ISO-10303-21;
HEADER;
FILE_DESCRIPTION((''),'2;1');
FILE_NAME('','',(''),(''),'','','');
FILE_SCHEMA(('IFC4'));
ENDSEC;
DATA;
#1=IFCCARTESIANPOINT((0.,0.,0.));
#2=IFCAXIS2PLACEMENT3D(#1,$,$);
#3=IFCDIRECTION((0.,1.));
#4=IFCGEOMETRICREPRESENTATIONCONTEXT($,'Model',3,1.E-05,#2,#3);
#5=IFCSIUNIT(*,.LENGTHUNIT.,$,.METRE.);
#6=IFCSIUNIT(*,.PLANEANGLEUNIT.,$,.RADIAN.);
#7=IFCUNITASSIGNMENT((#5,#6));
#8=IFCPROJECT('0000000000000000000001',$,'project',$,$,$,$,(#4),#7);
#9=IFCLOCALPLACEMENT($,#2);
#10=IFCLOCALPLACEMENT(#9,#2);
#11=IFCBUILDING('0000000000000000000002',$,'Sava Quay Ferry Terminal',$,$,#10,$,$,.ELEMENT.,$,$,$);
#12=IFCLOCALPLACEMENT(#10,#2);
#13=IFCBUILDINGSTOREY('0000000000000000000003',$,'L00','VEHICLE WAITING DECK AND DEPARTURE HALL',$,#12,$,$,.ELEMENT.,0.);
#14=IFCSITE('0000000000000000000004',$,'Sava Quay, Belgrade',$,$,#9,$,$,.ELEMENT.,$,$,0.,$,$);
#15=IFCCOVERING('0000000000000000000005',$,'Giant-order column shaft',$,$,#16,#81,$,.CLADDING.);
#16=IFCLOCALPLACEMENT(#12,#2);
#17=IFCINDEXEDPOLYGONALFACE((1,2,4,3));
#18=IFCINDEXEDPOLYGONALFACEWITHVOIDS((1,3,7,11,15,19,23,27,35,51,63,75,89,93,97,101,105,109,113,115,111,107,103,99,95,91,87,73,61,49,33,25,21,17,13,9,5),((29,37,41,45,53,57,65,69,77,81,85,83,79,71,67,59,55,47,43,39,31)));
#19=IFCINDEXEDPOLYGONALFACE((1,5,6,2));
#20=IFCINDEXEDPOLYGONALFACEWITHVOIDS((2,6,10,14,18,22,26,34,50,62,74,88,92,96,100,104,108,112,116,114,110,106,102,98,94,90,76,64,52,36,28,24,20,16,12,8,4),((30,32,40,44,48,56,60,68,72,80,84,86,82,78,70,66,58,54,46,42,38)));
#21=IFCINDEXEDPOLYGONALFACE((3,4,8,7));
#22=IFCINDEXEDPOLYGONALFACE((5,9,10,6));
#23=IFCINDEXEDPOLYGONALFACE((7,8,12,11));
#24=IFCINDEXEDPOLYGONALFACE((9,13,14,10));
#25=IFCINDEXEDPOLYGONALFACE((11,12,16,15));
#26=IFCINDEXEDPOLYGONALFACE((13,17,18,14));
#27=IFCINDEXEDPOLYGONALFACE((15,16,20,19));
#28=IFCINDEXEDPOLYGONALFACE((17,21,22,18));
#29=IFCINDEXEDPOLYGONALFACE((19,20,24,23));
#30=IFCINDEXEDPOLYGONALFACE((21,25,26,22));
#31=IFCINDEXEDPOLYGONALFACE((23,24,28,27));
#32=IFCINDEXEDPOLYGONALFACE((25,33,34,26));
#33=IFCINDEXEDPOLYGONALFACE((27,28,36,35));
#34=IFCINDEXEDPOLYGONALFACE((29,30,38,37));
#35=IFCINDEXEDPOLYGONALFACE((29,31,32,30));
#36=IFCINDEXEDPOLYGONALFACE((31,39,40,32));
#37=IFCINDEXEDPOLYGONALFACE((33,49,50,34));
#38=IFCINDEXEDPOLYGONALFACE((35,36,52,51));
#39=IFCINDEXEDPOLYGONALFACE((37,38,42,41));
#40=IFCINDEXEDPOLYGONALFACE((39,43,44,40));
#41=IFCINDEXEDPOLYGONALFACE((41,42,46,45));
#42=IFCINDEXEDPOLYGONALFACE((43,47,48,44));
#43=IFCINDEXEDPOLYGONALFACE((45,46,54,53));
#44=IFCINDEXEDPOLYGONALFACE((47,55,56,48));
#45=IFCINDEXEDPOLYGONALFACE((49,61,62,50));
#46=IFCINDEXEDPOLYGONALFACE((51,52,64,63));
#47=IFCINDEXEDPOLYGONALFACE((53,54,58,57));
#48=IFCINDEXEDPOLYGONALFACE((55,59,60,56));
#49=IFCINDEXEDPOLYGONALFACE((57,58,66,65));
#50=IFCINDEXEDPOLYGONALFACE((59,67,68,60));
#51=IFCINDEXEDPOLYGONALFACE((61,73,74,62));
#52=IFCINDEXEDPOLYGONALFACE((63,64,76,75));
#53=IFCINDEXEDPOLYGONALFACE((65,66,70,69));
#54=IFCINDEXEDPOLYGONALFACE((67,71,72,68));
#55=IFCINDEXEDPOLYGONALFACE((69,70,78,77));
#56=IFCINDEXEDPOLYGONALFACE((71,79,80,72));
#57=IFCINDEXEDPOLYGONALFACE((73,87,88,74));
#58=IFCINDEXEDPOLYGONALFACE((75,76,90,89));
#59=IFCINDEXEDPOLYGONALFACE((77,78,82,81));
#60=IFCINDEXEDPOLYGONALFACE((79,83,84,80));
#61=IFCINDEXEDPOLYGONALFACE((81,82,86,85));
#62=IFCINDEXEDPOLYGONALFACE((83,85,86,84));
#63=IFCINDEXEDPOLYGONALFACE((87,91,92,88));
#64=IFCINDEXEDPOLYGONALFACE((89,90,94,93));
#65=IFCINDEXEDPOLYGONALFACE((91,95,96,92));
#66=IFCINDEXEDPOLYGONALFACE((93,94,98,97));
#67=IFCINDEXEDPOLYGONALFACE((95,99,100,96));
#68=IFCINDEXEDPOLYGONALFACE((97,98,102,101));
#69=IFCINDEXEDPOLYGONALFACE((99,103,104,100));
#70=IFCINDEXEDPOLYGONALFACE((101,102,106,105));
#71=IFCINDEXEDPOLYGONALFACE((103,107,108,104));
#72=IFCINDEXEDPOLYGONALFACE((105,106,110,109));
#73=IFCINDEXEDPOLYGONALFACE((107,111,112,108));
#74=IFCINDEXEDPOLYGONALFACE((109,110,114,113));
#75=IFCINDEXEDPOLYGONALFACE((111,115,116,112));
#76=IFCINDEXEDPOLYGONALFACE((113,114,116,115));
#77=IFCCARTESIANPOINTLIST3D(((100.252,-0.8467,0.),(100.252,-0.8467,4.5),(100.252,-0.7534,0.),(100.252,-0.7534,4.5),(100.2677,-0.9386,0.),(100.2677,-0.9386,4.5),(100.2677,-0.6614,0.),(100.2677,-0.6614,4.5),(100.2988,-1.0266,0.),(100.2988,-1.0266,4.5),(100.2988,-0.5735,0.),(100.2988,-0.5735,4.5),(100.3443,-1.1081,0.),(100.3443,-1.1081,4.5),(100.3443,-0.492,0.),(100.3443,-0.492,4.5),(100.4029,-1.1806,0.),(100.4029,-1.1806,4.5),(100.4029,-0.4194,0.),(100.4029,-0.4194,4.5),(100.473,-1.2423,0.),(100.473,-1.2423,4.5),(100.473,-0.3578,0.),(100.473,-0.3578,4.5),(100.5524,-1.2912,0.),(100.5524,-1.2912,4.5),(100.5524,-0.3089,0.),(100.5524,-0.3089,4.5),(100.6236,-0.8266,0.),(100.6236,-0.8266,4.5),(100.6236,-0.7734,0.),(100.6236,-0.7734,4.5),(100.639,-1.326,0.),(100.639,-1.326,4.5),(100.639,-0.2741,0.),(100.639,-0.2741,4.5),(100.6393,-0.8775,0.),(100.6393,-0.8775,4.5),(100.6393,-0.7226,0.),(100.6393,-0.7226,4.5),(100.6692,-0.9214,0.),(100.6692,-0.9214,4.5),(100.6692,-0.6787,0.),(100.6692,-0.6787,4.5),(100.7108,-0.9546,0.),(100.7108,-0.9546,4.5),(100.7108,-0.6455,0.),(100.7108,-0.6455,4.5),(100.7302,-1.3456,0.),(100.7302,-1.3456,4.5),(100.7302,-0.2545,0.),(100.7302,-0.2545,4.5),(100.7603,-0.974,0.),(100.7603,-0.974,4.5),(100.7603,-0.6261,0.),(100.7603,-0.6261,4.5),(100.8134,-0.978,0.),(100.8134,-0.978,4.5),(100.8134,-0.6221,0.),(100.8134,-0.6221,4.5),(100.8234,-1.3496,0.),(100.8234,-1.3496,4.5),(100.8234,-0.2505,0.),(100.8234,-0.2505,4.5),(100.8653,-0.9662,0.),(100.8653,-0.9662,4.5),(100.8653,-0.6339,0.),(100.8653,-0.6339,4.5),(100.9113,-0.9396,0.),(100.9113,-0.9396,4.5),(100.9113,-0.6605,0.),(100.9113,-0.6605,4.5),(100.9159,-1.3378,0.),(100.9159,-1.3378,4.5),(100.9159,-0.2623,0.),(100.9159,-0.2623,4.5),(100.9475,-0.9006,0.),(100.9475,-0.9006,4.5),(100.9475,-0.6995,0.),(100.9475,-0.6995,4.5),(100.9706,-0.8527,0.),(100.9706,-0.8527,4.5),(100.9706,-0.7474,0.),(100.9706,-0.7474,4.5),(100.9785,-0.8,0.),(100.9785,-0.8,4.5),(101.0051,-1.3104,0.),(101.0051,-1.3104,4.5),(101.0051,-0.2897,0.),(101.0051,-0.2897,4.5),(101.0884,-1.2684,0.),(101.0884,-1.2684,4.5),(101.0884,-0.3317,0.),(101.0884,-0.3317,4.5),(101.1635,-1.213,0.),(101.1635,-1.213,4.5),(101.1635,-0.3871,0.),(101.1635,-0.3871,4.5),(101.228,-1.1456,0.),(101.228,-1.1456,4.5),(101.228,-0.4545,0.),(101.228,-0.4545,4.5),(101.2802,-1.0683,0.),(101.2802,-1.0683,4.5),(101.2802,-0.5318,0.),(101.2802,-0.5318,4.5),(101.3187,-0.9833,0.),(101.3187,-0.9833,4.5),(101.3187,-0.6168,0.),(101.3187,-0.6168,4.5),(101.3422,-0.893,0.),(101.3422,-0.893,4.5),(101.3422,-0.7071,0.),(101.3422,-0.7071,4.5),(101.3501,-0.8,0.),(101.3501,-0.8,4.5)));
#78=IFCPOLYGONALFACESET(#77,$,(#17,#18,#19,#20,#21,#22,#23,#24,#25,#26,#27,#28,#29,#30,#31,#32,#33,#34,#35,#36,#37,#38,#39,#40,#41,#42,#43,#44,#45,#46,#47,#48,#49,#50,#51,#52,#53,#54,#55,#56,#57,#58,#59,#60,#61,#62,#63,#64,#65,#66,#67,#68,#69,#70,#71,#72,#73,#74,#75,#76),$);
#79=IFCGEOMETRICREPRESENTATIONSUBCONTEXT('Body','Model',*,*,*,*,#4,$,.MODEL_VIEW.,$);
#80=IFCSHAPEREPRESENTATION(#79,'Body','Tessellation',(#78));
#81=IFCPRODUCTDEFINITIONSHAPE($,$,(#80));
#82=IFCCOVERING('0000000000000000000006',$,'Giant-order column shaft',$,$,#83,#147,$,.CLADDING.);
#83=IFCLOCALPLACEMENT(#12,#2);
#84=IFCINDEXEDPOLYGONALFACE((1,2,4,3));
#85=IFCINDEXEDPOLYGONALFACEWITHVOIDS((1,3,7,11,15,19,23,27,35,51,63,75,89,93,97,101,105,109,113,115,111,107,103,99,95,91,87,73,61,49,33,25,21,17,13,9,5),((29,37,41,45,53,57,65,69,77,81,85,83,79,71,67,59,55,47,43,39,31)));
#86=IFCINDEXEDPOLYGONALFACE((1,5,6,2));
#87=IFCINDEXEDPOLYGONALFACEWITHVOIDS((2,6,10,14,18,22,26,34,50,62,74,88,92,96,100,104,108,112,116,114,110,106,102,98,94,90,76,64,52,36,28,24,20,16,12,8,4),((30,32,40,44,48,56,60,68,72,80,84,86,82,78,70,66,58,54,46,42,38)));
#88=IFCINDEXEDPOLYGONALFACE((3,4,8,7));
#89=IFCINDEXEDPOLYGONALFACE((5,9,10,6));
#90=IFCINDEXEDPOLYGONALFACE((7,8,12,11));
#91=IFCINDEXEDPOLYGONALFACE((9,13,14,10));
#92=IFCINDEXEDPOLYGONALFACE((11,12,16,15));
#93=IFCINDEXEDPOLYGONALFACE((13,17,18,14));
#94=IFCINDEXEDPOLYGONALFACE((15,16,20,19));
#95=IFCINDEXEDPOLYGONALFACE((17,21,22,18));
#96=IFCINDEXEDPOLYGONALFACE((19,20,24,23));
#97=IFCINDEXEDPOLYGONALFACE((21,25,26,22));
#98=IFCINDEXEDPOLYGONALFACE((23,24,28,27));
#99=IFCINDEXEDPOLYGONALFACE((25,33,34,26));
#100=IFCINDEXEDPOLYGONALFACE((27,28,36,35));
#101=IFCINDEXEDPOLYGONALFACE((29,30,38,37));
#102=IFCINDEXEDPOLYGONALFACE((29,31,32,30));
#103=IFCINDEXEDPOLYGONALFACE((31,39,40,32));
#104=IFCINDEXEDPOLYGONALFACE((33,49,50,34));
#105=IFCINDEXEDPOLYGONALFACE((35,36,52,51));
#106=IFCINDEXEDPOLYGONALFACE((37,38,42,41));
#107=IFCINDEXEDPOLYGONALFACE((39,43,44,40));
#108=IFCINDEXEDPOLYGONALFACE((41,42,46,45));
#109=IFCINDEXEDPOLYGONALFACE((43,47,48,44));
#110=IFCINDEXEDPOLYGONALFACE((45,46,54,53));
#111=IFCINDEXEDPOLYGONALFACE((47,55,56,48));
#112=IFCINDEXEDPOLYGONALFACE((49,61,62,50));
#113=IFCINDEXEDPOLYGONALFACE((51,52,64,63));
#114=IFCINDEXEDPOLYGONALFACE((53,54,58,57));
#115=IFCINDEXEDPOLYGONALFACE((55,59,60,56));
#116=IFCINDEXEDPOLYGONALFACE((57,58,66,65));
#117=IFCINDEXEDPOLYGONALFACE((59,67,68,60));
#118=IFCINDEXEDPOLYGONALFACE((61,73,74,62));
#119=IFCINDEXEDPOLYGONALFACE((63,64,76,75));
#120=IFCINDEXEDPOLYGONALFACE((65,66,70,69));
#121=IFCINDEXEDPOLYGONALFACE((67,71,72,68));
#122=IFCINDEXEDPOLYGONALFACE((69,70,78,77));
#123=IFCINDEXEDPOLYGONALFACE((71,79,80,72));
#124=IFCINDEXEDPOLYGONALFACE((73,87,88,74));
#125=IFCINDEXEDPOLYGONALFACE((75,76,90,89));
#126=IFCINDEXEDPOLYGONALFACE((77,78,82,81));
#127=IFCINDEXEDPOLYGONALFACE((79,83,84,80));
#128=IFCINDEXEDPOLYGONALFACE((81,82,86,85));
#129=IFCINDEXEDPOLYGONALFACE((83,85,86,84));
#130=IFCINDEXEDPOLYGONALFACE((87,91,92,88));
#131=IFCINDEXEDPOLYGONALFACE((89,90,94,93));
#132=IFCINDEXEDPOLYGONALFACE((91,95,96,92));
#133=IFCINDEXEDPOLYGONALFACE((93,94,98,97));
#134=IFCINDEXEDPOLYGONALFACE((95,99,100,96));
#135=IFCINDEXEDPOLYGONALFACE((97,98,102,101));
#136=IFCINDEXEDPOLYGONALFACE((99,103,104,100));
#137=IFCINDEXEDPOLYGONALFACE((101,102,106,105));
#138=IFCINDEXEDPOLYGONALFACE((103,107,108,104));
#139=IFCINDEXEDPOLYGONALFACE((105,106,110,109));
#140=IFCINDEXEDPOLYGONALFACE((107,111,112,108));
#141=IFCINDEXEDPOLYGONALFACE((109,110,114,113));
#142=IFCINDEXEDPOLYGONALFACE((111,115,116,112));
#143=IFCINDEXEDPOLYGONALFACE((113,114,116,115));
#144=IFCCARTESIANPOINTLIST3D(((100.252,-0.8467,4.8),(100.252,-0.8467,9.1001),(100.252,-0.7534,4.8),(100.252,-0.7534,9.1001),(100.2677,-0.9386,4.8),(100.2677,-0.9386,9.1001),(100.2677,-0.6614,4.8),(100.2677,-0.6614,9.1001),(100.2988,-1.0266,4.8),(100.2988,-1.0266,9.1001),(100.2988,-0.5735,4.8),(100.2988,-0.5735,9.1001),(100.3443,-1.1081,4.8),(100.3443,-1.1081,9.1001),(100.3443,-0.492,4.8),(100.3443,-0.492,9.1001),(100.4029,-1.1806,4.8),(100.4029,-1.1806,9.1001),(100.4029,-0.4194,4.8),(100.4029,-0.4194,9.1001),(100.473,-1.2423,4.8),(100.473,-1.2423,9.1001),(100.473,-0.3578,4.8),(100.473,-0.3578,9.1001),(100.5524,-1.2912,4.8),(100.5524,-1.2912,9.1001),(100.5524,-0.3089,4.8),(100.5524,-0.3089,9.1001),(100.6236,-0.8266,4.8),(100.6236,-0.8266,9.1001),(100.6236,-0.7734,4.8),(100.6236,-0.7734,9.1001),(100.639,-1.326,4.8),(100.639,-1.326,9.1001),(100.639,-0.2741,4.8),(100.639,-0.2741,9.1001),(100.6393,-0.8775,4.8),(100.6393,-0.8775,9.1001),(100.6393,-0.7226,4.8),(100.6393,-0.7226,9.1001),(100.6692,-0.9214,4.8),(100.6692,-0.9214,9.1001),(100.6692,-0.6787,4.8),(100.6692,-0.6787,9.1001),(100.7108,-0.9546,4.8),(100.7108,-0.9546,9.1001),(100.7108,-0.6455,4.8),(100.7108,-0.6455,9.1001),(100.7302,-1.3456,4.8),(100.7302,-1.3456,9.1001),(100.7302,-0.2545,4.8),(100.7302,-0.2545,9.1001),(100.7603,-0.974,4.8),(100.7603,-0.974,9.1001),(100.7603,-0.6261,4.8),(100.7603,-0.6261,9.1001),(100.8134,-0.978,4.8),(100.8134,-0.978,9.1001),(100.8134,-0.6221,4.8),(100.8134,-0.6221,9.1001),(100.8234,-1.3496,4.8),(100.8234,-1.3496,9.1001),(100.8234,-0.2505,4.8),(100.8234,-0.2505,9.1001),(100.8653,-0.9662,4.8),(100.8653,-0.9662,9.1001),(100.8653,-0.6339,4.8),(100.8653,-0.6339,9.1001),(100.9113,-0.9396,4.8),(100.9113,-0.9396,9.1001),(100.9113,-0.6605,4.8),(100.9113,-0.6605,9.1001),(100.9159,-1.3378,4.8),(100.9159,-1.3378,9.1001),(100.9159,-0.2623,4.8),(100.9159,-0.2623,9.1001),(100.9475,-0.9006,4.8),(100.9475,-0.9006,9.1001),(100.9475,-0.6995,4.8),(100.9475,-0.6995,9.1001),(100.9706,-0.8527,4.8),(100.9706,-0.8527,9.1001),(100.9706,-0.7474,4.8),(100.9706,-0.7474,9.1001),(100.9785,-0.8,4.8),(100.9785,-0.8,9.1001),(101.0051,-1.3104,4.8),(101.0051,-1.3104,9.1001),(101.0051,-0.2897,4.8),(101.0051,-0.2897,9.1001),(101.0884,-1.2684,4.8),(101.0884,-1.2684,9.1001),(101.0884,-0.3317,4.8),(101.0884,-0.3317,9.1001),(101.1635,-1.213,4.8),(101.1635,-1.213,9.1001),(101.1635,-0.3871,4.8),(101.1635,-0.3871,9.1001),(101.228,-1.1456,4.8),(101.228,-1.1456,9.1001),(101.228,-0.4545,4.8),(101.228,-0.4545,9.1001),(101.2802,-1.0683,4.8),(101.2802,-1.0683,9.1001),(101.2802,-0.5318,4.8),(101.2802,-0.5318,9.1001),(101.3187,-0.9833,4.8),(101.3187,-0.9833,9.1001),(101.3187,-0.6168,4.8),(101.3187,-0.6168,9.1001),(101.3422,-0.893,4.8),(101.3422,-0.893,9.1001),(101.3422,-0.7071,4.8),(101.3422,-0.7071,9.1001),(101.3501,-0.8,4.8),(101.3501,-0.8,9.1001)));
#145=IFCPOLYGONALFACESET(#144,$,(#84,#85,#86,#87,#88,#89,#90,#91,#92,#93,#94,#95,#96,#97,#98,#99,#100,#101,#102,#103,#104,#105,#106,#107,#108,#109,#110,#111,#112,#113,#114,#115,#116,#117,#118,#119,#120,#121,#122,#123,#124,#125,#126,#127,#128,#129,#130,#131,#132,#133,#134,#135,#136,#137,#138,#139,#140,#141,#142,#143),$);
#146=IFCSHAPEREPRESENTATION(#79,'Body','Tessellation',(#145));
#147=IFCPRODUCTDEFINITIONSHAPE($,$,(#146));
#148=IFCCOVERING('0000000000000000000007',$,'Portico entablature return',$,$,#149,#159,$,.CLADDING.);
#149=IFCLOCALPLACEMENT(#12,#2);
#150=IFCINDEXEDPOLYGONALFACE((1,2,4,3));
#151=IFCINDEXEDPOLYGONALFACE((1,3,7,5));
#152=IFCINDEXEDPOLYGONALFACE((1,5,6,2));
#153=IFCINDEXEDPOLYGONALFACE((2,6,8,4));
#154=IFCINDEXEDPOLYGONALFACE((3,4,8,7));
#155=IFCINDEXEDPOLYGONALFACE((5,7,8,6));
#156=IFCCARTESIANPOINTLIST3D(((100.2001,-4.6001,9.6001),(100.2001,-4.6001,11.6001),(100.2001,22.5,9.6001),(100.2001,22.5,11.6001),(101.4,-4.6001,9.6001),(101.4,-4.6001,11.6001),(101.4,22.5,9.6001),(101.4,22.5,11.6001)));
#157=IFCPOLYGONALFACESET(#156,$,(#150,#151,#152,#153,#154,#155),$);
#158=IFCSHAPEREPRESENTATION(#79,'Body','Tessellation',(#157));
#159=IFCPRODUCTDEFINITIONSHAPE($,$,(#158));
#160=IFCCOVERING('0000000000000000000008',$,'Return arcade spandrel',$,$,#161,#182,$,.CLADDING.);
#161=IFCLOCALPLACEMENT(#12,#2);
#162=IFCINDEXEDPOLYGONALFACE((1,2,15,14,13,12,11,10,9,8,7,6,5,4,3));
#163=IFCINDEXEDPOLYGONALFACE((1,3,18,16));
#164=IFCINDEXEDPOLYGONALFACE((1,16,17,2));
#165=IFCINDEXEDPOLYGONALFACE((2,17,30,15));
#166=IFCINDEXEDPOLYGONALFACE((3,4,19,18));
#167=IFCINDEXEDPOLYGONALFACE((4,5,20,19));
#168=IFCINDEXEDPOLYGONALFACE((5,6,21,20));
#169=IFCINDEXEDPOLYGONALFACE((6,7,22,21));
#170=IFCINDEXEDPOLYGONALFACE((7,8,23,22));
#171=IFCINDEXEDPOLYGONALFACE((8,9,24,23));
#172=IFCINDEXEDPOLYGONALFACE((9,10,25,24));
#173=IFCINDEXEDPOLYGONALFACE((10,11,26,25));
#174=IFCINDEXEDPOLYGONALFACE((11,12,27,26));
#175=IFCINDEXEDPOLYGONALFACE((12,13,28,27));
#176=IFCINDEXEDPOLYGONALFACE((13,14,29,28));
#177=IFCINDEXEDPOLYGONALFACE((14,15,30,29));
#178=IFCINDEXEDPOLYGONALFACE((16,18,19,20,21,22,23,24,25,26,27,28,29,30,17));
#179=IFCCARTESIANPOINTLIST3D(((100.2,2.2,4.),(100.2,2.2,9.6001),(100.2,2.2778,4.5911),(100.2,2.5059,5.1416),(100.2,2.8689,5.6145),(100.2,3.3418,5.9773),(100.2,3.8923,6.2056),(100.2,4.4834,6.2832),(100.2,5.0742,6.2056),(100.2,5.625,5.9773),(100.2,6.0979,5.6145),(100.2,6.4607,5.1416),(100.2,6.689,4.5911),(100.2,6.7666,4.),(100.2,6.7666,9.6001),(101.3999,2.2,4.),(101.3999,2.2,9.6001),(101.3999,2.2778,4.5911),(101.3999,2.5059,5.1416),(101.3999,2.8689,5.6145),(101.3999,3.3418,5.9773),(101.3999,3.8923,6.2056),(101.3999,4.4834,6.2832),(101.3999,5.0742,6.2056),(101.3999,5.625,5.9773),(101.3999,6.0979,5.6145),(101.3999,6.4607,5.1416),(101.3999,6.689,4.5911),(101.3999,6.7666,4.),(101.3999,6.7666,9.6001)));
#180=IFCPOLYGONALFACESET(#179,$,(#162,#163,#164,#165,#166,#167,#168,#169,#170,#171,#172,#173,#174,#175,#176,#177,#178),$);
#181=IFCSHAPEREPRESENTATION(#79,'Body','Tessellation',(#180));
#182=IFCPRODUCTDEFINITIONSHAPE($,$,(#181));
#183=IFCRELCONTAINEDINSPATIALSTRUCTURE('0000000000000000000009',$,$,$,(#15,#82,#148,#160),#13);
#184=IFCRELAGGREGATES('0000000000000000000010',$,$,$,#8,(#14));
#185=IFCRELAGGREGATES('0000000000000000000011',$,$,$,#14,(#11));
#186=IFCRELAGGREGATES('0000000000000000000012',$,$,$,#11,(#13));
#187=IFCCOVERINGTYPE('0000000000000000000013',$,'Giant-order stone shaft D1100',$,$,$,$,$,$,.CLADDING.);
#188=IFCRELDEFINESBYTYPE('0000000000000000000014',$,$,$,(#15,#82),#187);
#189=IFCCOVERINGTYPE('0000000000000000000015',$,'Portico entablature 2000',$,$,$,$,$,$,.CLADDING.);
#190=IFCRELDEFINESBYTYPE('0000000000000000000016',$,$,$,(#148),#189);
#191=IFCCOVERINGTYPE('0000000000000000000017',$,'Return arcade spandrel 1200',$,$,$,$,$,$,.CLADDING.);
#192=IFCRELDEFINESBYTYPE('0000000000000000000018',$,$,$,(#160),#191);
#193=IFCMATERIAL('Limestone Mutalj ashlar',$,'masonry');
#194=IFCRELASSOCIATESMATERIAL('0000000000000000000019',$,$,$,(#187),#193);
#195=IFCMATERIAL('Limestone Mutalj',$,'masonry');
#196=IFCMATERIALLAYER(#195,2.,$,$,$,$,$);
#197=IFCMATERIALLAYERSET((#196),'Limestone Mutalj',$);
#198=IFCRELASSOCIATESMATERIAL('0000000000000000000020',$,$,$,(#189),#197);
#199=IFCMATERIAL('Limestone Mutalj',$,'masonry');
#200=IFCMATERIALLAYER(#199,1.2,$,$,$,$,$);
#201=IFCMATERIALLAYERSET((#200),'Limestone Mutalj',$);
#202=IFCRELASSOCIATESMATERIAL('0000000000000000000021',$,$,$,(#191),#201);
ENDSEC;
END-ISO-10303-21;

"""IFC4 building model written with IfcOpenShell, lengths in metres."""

from ifc_helpers import new_model, si_unit, direction, frame, origin, origin_2d, place, context, subcontext, project, spatial, polyline, rectangle, hollow_circle, outline, extrude, material, layer, layer_set, material_profile, profile_set, type_object, element, save


model = new_model("IFC4")

# Units and contexts
model_context = context("Model", 3, precision=1e-05, world=origin(), true_north=direction((0.0, 1.0)))
body_context = subcontext(model_context, "Body", "Model", "MODEL_VIEW")
ifc_project = project(units=[si_unit("LENGTHUNIT", "METRE"), si_unit("PLANEANGLEUNIT", "RADIAN")], contexts=[model_context])

# Site, building, storey
site_placement = place(None, origin())
site = spatial("IfcSite", under=ifc_project, at=site_placement, Name="Sava Quay, Belgrade", CompositionType="ELEMENT", RefElevation=0.0)
building_placement = place(site_placement, origin())
building = spatial("IfcBuilding", under=site, at=building_placement, Name="Sava Quay Ferry Terminal", CompositionType="ELEMENT")
storey_placement = place(building_placement, origin())
storey = spatial("IfcBuildingStorey", under=building, at=storey_placement, Name="L00", Description="VEHICLE WAITING DECK AND DEPARTURE HALL", CompositionType="ELEMENT", Elevation=0.0)

# Coverings
ifc_material_1 = material(Name="Limestone Mutalj ashlar", Category="masonry")
ifc_material_profile_1 = material_profile(ifc_material_1, hollow_circle(Radius=0.55, WallThickness=0.3716, at=origin_2d()), Name="Stone shaft D1100")
ifc_profile_set_1 = profile_set([ifc_material_profile_1], Name="Limestone Mutalj ashlar")
covering_type_1 = type_object("IfcCoveringType", Name="Giant-order stone shaft D1100", PredefinedType="CLADDING", material=ifc_profile_set_1)
covering_1_placement = place(storey_placement, frame((100.8, -0.8, 0.0), z_axis=(0.0, 0.0, 1.0), x_axis=(1.0, 0.0, 0.0)))
element("IfcCovering", 1, at=covering_1_placement, inside=storey, type_object=covering_type_1, Name="Giant-order column shaft", PredefinedType="CLADDING", context=body_context, shape_type="SweptSolid", body=[
    extrude(hollow_circle(Radius=0.55, WallThickness=0.3716, at=origin_2d()), origin(), (0.0, 0.0, 1.0), 4.5),
])
covering_2_placement = place(storey_placement, frame((100.8, -0.8, 4.8), z_axis=(0.0, 0.0, 1.0), x_axis=(1.0, 0.0, 0.0)))
element("IfcCovering", 2, at=covering_2_placement, inside=storey, type_object=covering_type_1, Name="Giant-order column shaft", PredefinedType="CLADDING", context=body_context, shape_type="SweptSolid", body=[
    extrude(hollow_circle(Radius=0.55, WallThickness=0.3716, at=origin_2d()), origin(), (0.0, 0.0, 1.0), 4.3),
])
ifc_material_2 = material(Name="Limestone Mutalj", Category="masonry")
ifc_layer_1 = layer(ifc_material_2, 2.0)
ifc_layer_set_1 = layer_set([ifc_layer_1], Name="Limestone Mutalj")
covering_type_2 = type_object("IfcCoveringType", Name="Portico entablature 2000", PredefinedType="CLADDING", material=ifc_layer_set_1)
covering_3_placement = place(storey_placement, frame((100.8, 8.95, 9.6001), z_axis=(0.0, 0.0, 1.0), x_axis=(1.0, 0.0, 0.0)))
element("IfcCovering", 3, at=covering_3_placement, inside=storey, type_object=covering_type_2, Name="Portico entablature return", PredefinedType="CLADDING", context=body_context, shape_type="SweptSolid", body=[
    extrude(rectangle(XDim=1.2, YDim=27.1001, at=origin_2d()), origin(), (0.0, 0.0, 1.0), 2.0),
])
ifc_material_3 = material(Name="Limestone Mutalj", Category="masonry")
ifc_layer_2 = layer(ifc_material_3, 1.2)
ifc_layer_set_2 = layer_set([ifc_layer_2], Name="Limestone Mutalj")
covering_type_3 = type_object("IfcCoveringType", Name="Return arcade spandrel 1200", PredefinedType="CLADDING", material=ifc_layer_set_2)
covering_4_placement = place(storey_placement, frame((100.2, 2.2, 4.0), z_axis=(-1.0, 0.0, 0.0), x_axis=(0.0, 0.0, 1.0)))
element("IfcCovering", 4, at=covering_4_placement, inside=storey, type_object=covering_type_3, Name="Return arcade spandrel", PredefinedType="CLADDING", context=body_context, shape_type="SweptSolid", body=[
    extrude(outline(polyline([(0.0, 0.0), (5.6001, 0.0), (5.6001, 4.5667), (0.0, 4.5667), (0.5911, 4.489), (1.1416, 4.2607), (1.6145, 3.8979), (1.9773, 3.425), (2.2056, 2.8743), (2.2832, 2.2834), (2.2056, 1.6924), (1.9773, 1.1418), (1.6145, 0.6689), (1.1416, 0.3059), (0.5911, 0.0779), (0.0, 0.0)])), origin(), (0.0, 0.0, -1.0), 1.2),
])

save(model, "model.ifc")
